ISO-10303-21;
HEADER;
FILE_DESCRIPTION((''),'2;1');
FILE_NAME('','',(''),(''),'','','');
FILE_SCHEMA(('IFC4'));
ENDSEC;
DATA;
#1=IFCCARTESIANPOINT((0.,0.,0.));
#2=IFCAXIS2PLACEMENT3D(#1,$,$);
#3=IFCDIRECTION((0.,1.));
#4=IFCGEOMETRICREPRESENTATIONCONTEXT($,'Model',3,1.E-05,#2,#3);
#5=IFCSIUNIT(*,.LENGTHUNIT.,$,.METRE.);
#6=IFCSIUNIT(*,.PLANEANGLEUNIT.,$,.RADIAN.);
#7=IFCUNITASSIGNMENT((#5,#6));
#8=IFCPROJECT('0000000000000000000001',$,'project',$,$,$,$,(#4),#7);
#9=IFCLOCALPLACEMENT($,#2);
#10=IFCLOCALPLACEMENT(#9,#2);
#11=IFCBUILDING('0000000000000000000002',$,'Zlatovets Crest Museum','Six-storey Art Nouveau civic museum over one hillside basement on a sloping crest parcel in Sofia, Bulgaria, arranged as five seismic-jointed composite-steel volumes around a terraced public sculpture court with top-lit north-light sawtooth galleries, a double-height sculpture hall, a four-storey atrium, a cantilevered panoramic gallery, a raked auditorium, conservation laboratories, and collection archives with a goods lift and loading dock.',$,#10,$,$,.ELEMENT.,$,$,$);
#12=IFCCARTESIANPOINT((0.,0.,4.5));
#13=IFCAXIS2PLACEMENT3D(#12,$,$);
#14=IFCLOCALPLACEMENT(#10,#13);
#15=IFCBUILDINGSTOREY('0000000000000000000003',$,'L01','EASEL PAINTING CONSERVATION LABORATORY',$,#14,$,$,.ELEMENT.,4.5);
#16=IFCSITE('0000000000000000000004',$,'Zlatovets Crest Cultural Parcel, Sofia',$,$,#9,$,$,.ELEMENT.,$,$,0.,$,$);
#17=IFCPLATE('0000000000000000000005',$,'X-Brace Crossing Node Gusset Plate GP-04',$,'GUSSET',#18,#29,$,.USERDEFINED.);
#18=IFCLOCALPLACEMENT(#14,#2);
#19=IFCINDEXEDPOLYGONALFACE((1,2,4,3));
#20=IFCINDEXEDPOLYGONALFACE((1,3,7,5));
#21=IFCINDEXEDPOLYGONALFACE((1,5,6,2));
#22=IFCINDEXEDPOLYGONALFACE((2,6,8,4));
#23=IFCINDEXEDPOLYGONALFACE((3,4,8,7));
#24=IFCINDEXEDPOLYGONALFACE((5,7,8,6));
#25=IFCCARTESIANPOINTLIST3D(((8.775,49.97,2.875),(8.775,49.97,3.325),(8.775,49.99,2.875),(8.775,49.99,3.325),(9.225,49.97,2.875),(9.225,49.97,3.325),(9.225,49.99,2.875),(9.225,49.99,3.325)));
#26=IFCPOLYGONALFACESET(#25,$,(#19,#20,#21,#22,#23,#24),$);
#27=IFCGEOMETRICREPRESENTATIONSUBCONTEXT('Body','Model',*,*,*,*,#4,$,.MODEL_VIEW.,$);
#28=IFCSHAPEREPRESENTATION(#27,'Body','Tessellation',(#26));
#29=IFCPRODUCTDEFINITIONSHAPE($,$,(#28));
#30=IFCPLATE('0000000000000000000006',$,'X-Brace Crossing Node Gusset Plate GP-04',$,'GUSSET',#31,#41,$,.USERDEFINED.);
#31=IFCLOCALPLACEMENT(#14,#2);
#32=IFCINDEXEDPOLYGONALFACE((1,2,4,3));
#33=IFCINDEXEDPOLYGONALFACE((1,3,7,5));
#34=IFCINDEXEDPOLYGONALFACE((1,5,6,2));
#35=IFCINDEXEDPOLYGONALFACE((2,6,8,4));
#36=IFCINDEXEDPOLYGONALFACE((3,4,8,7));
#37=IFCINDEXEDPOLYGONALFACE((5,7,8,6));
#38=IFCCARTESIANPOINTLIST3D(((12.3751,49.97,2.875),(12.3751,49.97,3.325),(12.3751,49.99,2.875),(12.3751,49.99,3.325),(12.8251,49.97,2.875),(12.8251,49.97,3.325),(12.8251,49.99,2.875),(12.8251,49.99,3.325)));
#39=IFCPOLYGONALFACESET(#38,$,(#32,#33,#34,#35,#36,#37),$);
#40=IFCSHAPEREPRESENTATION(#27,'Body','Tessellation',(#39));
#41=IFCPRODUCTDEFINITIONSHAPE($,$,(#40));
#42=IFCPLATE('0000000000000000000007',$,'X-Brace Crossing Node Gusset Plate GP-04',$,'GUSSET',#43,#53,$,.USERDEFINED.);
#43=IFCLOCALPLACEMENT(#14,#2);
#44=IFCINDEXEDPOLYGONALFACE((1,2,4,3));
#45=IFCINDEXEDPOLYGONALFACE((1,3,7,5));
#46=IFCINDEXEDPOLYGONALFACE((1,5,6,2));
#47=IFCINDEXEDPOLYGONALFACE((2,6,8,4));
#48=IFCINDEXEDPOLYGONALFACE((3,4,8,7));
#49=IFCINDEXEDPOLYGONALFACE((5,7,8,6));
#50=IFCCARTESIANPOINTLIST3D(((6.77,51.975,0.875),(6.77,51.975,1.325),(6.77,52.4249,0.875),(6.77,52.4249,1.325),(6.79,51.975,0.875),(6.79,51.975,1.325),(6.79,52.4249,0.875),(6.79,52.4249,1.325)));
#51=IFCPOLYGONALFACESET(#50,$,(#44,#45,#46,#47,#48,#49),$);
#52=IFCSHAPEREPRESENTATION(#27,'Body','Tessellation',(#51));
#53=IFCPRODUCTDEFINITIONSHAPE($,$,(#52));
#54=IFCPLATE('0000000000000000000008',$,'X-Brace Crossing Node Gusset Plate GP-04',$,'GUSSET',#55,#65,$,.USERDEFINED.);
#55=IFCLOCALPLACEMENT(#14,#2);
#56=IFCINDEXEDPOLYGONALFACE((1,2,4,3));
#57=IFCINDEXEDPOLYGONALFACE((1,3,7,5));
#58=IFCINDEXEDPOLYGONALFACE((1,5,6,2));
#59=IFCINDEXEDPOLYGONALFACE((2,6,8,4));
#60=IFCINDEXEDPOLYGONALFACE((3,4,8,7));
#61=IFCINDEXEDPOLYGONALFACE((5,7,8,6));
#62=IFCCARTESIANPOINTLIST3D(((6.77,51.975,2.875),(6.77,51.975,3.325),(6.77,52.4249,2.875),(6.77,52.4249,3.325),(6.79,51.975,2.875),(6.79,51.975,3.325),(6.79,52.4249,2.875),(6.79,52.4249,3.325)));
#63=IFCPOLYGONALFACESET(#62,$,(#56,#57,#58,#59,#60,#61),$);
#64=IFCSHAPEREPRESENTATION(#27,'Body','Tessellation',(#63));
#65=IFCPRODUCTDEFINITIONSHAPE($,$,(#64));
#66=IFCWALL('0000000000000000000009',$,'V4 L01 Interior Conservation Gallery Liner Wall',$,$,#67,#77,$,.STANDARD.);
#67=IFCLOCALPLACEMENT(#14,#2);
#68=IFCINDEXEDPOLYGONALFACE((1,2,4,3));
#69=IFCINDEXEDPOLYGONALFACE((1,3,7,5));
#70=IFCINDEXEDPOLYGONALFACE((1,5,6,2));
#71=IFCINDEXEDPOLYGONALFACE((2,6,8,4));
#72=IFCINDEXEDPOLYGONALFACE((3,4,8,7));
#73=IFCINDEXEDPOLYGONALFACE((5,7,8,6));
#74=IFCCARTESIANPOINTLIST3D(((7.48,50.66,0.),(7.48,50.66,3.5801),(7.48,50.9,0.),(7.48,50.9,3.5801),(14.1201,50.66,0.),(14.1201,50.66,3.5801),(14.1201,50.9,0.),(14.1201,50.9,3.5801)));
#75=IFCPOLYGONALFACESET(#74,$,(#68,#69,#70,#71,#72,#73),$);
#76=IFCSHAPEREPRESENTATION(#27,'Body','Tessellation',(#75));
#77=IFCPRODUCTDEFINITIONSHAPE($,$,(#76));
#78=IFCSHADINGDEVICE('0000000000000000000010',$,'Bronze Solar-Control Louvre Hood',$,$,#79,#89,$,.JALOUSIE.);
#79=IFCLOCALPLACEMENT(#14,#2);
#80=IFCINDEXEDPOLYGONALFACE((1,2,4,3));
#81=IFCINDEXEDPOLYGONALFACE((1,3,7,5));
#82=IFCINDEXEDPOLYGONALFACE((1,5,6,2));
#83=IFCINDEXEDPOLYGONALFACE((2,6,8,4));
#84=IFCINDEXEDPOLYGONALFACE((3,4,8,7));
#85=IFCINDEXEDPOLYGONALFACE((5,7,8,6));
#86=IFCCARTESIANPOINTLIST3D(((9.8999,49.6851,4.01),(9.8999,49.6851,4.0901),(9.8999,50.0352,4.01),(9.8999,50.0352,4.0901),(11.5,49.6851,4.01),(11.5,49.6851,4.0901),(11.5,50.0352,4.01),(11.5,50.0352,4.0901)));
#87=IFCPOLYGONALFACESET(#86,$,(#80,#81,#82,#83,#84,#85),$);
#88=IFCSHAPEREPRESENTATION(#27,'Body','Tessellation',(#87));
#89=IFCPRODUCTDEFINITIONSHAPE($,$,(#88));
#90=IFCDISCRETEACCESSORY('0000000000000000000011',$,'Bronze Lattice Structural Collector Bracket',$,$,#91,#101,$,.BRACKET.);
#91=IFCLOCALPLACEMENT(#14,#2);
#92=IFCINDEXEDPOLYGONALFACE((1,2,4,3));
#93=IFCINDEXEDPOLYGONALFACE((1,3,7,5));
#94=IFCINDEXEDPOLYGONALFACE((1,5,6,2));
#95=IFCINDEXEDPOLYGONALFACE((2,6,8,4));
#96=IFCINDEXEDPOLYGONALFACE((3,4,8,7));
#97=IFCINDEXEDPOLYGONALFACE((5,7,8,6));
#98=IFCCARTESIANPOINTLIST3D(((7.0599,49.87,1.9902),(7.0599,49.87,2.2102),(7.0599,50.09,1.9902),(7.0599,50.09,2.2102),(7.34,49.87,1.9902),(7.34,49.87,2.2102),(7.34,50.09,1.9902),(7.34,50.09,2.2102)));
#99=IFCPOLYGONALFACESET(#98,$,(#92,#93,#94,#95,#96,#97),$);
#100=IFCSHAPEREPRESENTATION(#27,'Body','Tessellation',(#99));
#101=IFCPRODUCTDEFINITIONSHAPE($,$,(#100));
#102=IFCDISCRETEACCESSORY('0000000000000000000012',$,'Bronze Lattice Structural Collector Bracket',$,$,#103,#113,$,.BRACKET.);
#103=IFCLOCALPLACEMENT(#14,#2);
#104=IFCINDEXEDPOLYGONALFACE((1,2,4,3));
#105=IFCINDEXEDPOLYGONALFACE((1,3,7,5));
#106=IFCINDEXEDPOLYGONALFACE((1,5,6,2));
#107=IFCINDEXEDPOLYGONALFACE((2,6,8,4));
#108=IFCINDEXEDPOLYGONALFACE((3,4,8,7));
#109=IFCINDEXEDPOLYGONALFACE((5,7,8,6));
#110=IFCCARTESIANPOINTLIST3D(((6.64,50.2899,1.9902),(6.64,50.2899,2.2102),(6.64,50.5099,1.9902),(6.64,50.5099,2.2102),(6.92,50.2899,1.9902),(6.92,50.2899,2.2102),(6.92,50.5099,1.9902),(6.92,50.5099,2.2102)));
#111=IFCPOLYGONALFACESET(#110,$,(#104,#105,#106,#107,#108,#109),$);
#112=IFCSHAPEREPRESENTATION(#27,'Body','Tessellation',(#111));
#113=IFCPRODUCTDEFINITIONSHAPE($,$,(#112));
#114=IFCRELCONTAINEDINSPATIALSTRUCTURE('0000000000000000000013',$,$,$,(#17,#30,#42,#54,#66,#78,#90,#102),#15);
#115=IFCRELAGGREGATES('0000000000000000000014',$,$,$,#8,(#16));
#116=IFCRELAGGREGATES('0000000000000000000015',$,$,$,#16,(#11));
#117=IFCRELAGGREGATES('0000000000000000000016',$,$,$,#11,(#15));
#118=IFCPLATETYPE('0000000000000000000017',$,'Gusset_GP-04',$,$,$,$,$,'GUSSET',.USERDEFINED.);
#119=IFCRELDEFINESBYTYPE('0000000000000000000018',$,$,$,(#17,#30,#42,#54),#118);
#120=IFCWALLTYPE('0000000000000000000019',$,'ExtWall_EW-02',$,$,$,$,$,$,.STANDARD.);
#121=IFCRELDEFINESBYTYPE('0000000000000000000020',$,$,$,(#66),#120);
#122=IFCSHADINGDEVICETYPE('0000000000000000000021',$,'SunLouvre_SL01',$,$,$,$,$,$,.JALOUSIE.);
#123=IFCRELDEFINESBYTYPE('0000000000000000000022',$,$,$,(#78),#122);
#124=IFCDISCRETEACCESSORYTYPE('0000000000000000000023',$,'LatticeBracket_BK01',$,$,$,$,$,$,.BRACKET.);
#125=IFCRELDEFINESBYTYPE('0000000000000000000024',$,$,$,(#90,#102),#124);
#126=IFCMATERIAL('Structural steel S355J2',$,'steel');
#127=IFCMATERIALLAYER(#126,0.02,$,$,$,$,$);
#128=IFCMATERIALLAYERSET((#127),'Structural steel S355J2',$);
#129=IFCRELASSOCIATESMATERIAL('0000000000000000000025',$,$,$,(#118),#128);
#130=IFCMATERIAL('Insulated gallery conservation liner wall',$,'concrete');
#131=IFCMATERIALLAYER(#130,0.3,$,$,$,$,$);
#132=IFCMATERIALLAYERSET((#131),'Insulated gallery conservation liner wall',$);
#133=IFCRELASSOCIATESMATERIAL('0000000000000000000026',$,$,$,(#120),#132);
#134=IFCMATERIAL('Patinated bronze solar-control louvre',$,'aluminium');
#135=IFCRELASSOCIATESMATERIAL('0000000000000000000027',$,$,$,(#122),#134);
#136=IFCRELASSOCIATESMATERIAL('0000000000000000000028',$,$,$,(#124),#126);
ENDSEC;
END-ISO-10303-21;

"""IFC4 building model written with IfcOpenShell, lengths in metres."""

from ifc_helpers import new_model, si_unit, direction, frame, frame_2d, origin, origin_2d, place, context, subcontext, project, spatial, rectangle, extrude, material, layer, layer_set, type_object, element, save


model = new_model("IFC4")

# Units and contexts
model_context = context("Model", 3, precision=1e-05, world=origin(), true_north=direction((0.0, 1.0)))
body_context = subcontext(model_context, "Body", "Model", "MODEL_VIEW")
ifc_project = project(units=[si_unit("LENGTHUNIT", "METRE"), si_unit("PLANEANGLEUNIT", "RADIAN")], contexts=[model_context])

# Site, building, storey
site_placement = place(None, origin())
site = spatial("IfcSite", under=ifc_project, at=site_placement, Name="Zlatovets Crest Cultural Parcel, Sofia", CompositionType="ELEMENT", RefElevation=0.0)
building_placement = place(site_placement, origin())
building = spatial("IfcBuilding", under=site, at=building_placement, Name="Zlatovets Crest Museum", Description="Six-storey Art Nouveau civic museum over one hillside basement on a sloping crest parcel in Sofia, Bulgaria, arranged as five seismic-jointed composite-steel volumes around a terraced public sculpture court with top-lit north-light sawtooth galleries, a double-height sculpture hall, a four-storey atrium, a cantilevered panoramic gallery, a raked auditorium, conservation laboratories, and collection archives with a goods lift and loading dock.", CompositionType="ELEMENT")
storey_placement = place(building_placement, frame((0.0, 0.0, 4.5)))
storey = spatial("IfcBuildingStorey", under=building, at=storey_placement, Name="L01", Description="EASEL PAINTING CONSERVATION LABORATORY", CompositionType="ELEMENT", Elevation=4.5)

# Shared definitions
ifc_material_1 = material(Name="Structural steel S355J2", Category="steel")

# Plates
ifc_layer_1 = layer(ifc_material_1, 0.02)
ifc_layer_set_1 = layer_set([ifc_layer_1], Name="Structural steel S355J2")
plate_type_1 = type_object("IfcPlateType", Name="Gusset_GP-04", ElementType="GUSSET", PredefinedType="USERDEFINED", material=ifc_layer_set_1)
for number, where, z_axis, x_axis, name in (
    (1, (9.0, 49.98, 2.875), (0.0, 0.0, 1.0), (1.0, 0.0, 0.0), "X-Brace Crossing Node Gusset Plate GP-04"),
    (2, (12.6001, 49.98, 2.875), (0.0, 0.0, 1.0), (1.0, 0.0, 0.0), "X-Brace Crossing Node Gusset Plate GP-04"),
):
    element("IfcPlate", number, at=place(storey_placement, frame(where, z_axis=z_axis, x_axis=x_axis)), inside=storey, type_object=plate_type_1, Name=name, ObjectType="GUSSET", PredefinedType="USERDEFINED", context=body_context, shape_type="SweptSolid", body=[
        extrude(rectangle(XDim=0.45, YDim=0.02, at=origin_2d()), origin(), (0.0, 0.0, 1.0), 0.45),
    ])
for number, where, z_axis, x_axis, name in (
    (3, (6.78, 52.2, 0.875), (0.0, 0.0, 1.0), (1.0, 0.0, 0.0), "X-Brace Crossing Node Gusset Plate GP-04"),
    (4, (6.78, 52.2, 2.875), (0.0, 0.0, 1.0), (1.0, 0.0, 0.0), "X-Brace Crossing Node Gusset Plate GP-04"),
):
    element("IfcPlate", number, at=place(storey_placement, frame(where, z_axis=z_axis, x_axis=x_axis)), inside=storey, type_object=plate_type_1, Name=name, ObjectType="GUSSET", PredefinedType="USERDEFINED", context=body_context, shape_type="SweptSolid", body=[
        extrude(rectangle(XDim=0.02, YDim=0.45, at=origin_2d()), origin(), (0.0, 0.0, 1.0), 0.45),
    ])

# Wall
ifc_material_2 = material(Name="Insulated gallery conservation liner wall", Category="concrete")
ifc_layer_2 = layer(ifc_material_2, 0.3)
ifc_layer_set_2 = layer_set([ifc_layer_2], Name="Insulated gallery conservation liner wall")
wall_type = type_object("IfcWallType", Name="ExtWall_EW-02", PredefinedType="STANDARD", material=ifc_layer_set_2)
wall_placement = place(storey_placement, frame((7.48, 50.78, 0.0), z_axis=(0.0, 0.0, 1.0), x_axis=(1.0, 0.0, 0.0)))
element("IfcWall", 5, at=wall_placement, inside=storey, type_object=wall_type, Name="V4 L01 Interior Conservation Gallery Liner Wall", PredefinedType="STANDARD", context=body_context, shape_type="SweptSolid", body=[
    extrude(rectangle(XDim=6.6401, YDim=0.24, at=frame_2d((3.3201, 0.0))), origin(), (0.0, 0.0, 1.0), 3.5801),
])

# Shading device
ifc_material_3 = material(Name="Patinated bronze solar-control louvre", Category="aluminium")
shading_device_type = type_object("IfcShadingDeviceType", Name="SunLouvre_SL01", PredefinedType="JALOUSIE", material=ifc_material_3)
shading_device_placement = place(storey_placement, frame((10.7, 49.8601, 4.01), z_axis=(0.0, 0.0, 1.0), x_axis=(1.0, 0.0, 0.0)))
element("IfcShadingDevice", 6, at=shading_device_placement, inside=storey, type_object=shading_device_type, Name="Bronze Solar-Control Louvre Hood", PredefinedType="JALOUSIE", context=body_context, shape_type="SweptSolid", body=[
    extrude(rectangle(XDim=1.6001, YDim=0.3501, at=origin_2d()), origin(), (0.0, 0.0, 1.0), 0.0801),
])

# Discrete accessories
discrete_accessory_type = type_object("IfcDiscreteAccessoryType", Name="LatticeBracket_BK01", PredefinedType="BRACKET", material=ifc_material_1)
for number, where, z_axis, x_axis, name in (
    (7, (7.2, 49.98, 1.9902), (0.0, 0.0, 1.0), (1.0, 0.0, 0.0), "Bronze Lattice Structural Collector Bracket"),
    (8, (6.78, 50.3999, 1.9902), (0.0, 0.0, 1.0), (1.0, 0.0, 0.0), "Bronze Lattice Structural Collector Bracket"),
):
    element("IfcDiscreteAccessory", number, at=place(storey_placement, frame(where, z_axis=z_axis, x_axis=x_axis)), inside=storey, type_object=discrete_accessory_type, Name=name, PredefinedType="BRACKET", context=body_context, shape_type="SweptSolid", body=[
        extrude(rectangle(XDim=0.28, YDim=0.22, at=origin_2d()), origin(), (0.0, 0.0, 1.0), 0.22),
    ])

save(model, "model.ifc")
